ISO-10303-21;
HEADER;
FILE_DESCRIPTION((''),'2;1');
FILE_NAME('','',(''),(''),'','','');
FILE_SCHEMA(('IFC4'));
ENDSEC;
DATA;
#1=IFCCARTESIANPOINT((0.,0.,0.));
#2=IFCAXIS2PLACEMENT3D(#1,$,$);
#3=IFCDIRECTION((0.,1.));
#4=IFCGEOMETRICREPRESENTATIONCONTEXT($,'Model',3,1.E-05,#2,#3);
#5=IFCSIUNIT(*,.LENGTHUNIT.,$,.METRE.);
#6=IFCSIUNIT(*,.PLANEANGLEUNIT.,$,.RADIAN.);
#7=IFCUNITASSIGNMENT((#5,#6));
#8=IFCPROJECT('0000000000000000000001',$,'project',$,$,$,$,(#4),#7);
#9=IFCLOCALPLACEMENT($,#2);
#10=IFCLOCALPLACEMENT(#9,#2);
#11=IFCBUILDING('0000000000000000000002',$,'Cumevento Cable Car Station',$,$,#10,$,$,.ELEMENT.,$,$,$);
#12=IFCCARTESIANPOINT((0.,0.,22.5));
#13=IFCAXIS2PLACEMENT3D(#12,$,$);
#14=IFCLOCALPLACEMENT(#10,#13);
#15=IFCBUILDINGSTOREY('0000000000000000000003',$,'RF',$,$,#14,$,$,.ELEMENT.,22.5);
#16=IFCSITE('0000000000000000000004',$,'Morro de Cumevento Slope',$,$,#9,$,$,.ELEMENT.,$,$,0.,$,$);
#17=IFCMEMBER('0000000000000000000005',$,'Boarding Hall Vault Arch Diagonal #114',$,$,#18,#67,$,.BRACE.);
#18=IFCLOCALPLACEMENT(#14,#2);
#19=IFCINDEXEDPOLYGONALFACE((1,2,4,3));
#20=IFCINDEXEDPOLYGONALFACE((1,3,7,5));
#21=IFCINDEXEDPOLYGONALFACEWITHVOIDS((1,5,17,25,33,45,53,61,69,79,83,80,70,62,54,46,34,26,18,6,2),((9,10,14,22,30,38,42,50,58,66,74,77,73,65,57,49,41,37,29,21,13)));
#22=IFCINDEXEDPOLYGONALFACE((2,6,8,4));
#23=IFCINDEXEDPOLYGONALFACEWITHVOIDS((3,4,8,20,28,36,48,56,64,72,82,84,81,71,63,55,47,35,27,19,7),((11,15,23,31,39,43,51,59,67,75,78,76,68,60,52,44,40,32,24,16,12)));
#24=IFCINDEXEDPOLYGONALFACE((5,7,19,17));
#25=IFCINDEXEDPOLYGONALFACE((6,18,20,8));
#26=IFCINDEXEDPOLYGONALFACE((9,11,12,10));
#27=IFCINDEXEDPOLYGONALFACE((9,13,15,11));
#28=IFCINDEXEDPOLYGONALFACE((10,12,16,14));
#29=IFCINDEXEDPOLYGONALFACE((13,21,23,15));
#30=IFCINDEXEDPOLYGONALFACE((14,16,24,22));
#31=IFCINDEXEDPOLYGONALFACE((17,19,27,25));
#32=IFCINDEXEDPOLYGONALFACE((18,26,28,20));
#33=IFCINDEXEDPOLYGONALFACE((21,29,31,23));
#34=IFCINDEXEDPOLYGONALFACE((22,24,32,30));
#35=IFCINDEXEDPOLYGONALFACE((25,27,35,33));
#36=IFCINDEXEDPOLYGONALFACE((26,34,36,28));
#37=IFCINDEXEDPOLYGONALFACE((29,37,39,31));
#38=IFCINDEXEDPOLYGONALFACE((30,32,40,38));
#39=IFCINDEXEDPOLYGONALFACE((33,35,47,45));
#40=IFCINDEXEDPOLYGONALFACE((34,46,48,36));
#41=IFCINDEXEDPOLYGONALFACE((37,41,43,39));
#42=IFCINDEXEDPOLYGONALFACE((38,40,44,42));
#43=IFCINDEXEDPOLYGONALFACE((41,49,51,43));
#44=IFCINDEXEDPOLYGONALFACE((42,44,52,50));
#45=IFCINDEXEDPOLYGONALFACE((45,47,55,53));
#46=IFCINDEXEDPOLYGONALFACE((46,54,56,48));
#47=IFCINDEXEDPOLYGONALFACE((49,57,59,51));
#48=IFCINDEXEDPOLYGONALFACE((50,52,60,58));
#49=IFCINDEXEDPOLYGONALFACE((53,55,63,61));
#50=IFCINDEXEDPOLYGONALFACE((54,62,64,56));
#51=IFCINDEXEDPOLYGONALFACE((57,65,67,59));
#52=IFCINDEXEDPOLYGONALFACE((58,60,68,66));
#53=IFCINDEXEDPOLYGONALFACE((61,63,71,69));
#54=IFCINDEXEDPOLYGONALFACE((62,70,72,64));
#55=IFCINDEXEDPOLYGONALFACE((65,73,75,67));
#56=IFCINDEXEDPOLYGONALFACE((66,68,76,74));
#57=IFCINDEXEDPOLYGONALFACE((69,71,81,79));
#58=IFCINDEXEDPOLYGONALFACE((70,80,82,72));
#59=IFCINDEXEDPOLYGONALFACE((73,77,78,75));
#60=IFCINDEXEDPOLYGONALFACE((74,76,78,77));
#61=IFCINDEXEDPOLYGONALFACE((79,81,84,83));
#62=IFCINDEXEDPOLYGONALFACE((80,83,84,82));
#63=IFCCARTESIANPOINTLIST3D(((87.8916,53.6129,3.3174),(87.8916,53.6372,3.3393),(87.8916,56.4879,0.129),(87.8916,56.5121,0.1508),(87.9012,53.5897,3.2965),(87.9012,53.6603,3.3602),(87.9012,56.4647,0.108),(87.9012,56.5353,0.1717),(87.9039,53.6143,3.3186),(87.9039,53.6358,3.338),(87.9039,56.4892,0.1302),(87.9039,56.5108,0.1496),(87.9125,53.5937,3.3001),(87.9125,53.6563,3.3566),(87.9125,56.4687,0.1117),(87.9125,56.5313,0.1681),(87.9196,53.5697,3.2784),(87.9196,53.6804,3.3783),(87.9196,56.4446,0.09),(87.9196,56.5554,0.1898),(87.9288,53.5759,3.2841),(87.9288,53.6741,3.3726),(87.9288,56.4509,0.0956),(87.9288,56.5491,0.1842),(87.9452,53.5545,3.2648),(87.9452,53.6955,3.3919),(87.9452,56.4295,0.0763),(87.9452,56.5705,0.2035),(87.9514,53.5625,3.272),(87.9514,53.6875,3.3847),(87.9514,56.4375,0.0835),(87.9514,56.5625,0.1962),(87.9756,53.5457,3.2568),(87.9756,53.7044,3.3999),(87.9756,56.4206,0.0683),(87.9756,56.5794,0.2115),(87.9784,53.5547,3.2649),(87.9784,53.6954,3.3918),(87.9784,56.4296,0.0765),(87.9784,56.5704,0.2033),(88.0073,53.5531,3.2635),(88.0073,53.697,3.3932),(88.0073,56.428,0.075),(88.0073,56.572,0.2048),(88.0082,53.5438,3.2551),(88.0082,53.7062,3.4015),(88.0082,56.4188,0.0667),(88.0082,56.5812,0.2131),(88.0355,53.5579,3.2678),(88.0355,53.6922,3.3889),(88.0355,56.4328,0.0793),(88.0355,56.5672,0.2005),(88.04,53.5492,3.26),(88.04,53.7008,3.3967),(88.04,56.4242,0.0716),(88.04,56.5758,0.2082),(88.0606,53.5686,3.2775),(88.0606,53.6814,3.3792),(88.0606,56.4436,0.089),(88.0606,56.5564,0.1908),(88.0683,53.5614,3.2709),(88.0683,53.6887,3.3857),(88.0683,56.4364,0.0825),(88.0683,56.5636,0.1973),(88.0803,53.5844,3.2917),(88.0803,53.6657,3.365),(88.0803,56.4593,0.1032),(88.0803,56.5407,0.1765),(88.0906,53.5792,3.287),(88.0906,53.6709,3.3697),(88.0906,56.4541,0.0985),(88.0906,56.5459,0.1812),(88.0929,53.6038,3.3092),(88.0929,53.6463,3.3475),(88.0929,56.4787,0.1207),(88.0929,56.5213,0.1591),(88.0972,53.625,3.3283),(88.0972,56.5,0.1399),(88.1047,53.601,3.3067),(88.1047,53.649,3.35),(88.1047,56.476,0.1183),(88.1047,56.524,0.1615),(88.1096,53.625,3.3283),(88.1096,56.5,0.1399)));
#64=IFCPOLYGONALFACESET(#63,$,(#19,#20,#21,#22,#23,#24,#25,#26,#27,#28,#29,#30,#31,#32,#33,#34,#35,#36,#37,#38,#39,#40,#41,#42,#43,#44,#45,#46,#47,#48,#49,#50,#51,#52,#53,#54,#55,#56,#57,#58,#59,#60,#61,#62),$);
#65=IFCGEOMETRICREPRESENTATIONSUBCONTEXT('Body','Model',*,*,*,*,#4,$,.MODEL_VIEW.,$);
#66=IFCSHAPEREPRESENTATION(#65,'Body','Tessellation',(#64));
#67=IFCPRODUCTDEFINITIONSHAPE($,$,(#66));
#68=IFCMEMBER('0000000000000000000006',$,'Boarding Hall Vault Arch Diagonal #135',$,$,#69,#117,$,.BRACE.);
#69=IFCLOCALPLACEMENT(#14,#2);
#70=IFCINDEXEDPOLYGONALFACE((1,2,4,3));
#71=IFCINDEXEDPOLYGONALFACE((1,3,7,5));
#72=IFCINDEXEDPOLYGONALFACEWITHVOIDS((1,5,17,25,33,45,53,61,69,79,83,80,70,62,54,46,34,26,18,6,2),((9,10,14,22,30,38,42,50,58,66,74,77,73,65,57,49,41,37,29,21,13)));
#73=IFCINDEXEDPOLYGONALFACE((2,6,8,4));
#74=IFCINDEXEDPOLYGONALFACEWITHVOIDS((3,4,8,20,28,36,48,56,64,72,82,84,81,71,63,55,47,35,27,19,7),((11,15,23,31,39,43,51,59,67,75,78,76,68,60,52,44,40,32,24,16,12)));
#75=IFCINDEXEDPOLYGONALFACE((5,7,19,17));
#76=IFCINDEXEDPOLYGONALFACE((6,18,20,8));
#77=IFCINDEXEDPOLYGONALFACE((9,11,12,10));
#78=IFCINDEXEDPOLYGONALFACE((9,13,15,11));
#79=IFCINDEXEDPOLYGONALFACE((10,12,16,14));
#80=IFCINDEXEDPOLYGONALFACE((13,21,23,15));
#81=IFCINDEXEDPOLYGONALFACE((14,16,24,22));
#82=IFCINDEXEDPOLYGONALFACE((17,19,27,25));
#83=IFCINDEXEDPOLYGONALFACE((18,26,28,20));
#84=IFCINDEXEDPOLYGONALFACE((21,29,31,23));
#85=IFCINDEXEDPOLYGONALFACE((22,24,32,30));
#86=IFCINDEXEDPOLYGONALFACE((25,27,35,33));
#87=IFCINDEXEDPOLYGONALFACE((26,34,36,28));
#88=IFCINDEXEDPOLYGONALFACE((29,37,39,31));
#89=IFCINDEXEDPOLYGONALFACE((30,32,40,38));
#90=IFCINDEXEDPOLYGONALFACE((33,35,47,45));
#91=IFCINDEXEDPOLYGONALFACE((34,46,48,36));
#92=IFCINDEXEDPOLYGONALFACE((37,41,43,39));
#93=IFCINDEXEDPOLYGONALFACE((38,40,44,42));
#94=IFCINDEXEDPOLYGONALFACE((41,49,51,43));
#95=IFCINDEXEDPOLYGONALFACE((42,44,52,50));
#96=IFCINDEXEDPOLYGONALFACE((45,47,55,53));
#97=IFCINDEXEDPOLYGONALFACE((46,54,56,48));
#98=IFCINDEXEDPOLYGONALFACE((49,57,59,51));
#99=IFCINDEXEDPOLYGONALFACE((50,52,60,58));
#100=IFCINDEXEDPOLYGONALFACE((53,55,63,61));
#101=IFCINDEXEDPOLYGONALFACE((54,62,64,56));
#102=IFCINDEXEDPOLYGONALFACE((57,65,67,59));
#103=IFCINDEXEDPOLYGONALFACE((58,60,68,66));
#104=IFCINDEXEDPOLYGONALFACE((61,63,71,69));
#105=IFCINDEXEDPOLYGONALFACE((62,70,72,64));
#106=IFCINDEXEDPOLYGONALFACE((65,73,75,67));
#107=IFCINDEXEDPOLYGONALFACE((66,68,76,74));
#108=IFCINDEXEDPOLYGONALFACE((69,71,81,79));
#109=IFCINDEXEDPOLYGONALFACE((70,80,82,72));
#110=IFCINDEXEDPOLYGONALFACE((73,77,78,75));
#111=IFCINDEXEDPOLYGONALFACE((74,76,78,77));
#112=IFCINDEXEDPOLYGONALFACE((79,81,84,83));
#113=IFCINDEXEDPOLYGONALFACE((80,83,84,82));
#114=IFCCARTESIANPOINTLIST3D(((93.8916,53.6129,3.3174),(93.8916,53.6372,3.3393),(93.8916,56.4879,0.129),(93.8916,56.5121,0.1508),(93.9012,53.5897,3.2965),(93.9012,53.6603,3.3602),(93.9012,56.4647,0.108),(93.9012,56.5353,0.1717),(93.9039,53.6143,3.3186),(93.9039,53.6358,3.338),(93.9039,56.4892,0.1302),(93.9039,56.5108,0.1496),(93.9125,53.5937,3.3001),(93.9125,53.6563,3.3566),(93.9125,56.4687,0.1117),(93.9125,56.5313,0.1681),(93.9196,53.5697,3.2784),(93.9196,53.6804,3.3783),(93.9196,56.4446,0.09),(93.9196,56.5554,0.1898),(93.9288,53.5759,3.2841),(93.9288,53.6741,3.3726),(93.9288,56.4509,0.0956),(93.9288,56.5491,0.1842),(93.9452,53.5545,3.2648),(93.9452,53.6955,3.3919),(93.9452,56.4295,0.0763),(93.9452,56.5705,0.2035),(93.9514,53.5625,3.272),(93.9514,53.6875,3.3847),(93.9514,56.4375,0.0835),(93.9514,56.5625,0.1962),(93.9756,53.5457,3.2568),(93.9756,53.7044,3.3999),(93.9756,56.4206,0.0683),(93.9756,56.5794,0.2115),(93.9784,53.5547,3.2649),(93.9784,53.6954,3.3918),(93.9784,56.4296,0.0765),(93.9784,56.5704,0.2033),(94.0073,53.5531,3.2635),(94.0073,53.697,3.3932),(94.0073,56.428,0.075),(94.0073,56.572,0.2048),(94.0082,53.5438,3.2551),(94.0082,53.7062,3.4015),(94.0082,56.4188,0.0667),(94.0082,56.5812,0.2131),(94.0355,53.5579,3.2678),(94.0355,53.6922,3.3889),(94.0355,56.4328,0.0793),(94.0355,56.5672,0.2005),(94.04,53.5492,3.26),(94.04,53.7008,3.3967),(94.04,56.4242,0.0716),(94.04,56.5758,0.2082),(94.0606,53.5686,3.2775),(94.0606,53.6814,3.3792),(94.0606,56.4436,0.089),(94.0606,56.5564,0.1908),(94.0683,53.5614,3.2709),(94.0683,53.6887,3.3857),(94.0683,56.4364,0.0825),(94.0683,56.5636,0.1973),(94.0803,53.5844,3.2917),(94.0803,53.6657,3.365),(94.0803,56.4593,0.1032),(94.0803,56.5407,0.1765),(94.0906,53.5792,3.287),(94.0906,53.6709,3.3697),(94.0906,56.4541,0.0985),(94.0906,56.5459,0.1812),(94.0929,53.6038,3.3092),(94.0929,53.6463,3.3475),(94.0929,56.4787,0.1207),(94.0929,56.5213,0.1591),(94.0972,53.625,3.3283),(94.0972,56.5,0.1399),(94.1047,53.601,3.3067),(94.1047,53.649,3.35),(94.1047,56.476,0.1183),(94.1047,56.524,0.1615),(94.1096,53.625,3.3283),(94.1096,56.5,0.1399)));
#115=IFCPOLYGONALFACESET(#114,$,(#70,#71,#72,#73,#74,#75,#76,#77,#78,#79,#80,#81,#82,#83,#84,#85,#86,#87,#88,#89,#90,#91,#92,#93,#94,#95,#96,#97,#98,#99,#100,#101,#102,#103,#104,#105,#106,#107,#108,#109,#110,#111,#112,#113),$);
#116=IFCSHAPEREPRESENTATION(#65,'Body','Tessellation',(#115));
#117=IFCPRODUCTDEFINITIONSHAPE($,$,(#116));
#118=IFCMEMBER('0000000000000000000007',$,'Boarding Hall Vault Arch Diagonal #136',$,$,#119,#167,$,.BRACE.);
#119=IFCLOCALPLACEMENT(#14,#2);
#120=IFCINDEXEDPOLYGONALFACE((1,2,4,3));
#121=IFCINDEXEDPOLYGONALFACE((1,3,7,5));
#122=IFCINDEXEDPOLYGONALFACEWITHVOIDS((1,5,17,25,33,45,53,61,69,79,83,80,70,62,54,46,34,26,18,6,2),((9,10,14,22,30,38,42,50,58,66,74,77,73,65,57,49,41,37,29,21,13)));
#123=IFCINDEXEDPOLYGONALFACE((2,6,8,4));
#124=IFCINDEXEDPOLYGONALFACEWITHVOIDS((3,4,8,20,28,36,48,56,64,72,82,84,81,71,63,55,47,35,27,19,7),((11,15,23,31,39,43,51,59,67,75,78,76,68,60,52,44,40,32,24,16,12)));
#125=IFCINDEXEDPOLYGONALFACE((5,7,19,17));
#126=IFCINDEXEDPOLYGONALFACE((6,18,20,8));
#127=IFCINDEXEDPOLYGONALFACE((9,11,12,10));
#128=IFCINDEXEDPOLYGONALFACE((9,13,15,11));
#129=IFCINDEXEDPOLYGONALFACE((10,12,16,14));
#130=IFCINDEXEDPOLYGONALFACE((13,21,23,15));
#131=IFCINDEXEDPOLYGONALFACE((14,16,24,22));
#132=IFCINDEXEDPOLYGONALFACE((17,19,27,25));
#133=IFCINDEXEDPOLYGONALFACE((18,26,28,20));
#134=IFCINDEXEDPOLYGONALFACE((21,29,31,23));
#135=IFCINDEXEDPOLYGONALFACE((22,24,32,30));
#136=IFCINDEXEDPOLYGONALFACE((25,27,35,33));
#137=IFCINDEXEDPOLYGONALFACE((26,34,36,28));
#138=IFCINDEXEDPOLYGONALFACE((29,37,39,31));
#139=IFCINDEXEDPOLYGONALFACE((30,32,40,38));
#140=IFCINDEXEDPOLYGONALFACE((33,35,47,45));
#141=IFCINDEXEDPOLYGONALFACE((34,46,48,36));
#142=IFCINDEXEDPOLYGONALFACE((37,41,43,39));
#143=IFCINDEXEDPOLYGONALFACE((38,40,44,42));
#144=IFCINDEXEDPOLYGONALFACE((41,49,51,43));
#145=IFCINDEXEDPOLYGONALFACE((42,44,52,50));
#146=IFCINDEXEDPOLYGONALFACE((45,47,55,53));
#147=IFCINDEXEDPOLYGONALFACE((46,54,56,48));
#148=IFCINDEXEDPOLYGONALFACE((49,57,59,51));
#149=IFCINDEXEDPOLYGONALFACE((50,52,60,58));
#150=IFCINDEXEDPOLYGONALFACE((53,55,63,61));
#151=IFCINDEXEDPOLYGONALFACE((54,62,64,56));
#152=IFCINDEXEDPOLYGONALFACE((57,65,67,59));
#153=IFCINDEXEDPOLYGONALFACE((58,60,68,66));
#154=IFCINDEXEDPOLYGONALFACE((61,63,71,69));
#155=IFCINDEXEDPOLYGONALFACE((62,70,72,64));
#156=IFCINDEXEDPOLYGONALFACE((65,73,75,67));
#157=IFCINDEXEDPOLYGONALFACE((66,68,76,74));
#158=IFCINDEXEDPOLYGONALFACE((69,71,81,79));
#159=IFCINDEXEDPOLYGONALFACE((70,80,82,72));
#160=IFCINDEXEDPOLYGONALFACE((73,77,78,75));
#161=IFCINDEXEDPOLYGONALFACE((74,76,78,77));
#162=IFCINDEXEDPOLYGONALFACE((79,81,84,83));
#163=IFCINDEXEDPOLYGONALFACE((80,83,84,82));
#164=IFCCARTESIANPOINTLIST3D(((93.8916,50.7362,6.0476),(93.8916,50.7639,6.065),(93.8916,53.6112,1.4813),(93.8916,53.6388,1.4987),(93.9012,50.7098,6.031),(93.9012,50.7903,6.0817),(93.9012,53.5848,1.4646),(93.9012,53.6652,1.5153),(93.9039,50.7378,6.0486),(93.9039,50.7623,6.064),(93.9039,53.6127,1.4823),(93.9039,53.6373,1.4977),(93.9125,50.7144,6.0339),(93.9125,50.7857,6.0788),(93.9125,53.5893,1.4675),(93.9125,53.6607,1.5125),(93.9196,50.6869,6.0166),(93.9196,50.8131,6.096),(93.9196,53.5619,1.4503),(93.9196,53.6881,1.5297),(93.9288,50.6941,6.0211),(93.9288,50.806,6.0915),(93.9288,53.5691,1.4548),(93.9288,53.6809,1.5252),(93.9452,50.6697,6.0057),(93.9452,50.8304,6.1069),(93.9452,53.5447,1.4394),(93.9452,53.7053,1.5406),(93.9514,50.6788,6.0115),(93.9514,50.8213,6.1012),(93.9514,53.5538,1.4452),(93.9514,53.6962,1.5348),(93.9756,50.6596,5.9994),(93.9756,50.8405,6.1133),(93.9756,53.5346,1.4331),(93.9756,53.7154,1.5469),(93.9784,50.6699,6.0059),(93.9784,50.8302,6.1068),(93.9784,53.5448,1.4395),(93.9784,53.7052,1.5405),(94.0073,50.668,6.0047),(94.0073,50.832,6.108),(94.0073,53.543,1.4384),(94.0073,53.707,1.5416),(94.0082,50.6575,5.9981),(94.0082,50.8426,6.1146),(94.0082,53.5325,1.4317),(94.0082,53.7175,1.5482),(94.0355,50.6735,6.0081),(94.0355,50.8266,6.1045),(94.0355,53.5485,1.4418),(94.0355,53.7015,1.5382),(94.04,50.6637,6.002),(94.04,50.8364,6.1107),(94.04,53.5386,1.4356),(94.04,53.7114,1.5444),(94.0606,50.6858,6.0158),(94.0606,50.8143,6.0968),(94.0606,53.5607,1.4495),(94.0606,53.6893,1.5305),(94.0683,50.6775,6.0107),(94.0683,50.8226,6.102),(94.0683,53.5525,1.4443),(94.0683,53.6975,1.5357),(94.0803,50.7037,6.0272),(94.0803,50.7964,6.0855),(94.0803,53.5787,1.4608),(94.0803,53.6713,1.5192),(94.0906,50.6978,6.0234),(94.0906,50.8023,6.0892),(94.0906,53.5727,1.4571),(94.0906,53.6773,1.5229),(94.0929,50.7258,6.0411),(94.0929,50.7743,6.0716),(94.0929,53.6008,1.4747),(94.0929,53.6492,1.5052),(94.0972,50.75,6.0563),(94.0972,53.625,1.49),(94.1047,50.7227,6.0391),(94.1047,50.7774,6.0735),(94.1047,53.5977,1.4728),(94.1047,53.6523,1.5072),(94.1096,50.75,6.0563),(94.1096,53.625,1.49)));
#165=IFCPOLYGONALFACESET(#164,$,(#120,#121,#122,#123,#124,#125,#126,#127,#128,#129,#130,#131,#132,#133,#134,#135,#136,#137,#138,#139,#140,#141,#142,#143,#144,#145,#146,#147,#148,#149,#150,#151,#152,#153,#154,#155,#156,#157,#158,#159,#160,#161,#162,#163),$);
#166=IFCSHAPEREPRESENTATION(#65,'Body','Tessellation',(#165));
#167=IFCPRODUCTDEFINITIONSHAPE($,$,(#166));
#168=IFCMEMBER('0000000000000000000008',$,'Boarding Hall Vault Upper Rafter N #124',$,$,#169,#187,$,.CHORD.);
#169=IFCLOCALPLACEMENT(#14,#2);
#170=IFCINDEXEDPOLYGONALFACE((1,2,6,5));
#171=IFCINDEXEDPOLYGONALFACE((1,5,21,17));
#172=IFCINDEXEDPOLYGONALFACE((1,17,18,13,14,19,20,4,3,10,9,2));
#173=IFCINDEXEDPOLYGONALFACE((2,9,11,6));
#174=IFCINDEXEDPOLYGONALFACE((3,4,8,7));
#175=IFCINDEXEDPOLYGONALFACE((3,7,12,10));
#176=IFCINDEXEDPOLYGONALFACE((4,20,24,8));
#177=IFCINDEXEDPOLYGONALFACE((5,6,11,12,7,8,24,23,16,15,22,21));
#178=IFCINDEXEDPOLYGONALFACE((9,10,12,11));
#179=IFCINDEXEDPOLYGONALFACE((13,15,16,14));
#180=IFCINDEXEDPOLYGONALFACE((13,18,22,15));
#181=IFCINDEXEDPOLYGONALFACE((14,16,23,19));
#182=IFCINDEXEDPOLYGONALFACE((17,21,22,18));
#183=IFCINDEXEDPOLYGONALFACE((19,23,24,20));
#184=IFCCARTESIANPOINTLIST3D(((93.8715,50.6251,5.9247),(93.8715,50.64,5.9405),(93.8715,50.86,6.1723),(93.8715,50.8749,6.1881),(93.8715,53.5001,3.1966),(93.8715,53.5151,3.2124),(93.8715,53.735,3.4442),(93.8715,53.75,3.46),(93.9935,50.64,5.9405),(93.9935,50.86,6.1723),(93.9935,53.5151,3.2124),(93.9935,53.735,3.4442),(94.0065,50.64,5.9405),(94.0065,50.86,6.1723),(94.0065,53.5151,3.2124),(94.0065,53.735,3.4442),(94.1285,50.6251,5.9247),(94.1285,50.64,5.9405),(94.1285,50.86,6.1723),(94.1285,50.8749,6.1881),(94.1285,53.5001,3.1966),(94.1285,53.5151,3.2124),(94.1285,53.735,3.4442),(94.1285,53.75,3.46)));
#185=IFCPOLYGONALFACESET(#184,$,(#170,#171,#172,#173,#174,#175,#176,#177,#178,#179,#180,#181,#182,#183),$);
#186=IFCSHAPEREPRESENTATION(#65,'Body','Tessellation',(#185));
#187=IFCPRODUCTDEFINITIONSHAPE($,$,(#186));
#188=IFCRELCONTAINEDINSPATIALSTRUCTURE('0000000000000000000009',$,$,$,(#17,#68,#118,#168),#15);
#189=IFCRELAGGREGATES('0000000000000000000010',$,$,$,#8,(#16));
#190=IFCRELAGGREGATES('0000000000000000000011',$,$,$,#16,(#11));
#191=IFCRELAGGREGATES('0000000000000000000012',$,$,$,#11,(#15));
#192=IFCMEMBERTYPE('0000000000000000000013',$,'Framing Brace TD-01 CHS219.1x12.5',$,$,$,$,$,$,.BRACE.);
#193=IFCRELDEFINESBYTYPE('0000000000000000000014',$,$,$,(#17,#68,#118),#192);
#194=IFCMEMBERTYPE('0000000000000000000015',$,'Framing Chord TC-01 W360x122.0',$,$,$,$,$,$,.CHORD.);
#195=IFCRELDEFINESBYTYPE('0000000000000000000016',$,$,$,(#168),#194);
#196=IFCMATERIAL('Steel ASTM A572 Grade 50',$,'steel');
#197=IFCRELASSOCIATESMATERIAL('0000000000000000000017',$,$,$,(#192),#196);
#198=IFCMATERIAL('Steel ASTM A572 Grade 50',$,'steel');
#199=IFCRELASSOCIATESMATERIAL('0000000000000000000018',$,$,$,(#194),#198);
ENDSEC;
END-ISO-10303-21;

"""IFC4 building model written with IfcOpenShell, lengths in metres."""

from ifc_helpers import new_model, si_unit, direction, frame, origin, origin_2d, place, context, subcontext, project, spatial, hollow_circle, i_section, extrude, material, material_profile, profile_set, type_object, element, save


model = new_model("IFC4")

# Units and contexts
model_context = context("Model", 3, precision=1e-05, world=origin(), true_north=direction((0.0, 1.0)))
body_context = subcontext(model_context, "Body", "Model", "MODEL_VIEW")
ifc_project = project(units=[si_unit("LENGTHUNIT", "METRE"), si_unit("PLANEANGLEUNIT", "RADIAN")], contexts=[model_context])

# Site, building, storey
site_placement = place(None, origin())
site = spatial("IfcSite", under=ifc_project, at=site_placement, Name="Morro de Cumevento Slope", CompositionType="ELEMENT", RefElevation=0.0)
building_placement = place(site_placement, origin())
building = spatial("IfcBuilding", under=site, at=building_placement, Name="Cumevento Cable Car Station", CompositionType="ELEMENT")
storey_placement = place(building_placement, frame((0.0, 0.0, 22.5)))
storey = spatial("IfcBuildingStorey", under=building, at=storey_placement, Name="RF", CompositionType="ELEMENT", Elevation=22.5)

# Members
ifc_material_1 = material(Name="Steel ASTM A572 Grade 50", Category="steel")
ifc_material_profile_1 = material_profile(ifc_material_1, hollow_circle(Radius=0.1096, WallThickness=0.0125, at=origin_2d()), Name="CHS219.1x12.5")
ifc_profile_set_1 = profile_set([ifc_material_profile_1], Name="Steel ASTM A572 Grade 50")
member_type_1 = type_object("IfcMemberType", Name="Framing Brace TD-01 CHS219.1x12.5", PredefinedType="BRACE", material=ifc_profile_set_1)
for number, where, z_axis, x_axis, name in (
    (1, (88.0, 56.5, 0.1399), (0.0, -0.669656, 0.742672), (1.0, 0.0, 0.0), "Boarding Hall Vault Arch Diagonal #114"),
    (2, (94.0, 56.5, 0.1399), (0.0, -0.669656, 0.742672), (1.0, 0.0, 0.0), "Boarding Hall Vault Arch Diagonal #135"),
):
    element("IfcMember", number, at=place(storey_placement, frame(where, z_axis=z_axis, x_axis=x_axis)), inside=storey, type_object=member_type_1, Name=name, PredefinedType="BRACE", context=body_context, shape_type="SweptSolid", body=[
        extrude(hollow_circle(Radius=0.1096, WallThickness=0.0125, at=origin_2d()), origin(), (0.0, 0.0, 1.0), 4.2932),
    ])
member_1_placement = place(storey_placement, frame((94.0, 53.625, 1.49), z_axis=(0.0, -0.532794, 0.846245), x_axis=(1.0, 0.0, 0.0)))
element("IfcMember", 3, at=member_1_placement, inside=storey, type_object=member_type_1, Name="Boarding Hall Vault Arch Diagonal #136", PredefinedType="BRACE", context=body_context, shape_type="SweptSolid", body=[
    extrude(hollow_circle(Radius=0.1096, WallThickness=0.0125, at=origin_2d()), origin(), (0.0, 0.0, 1.0), 5.396),
])
ifc_material_2 = material(Name="Steel ASTM A572 Grade 50", Category="steel")
ifc_material_profile_2 = material_profile(ifc_material_2, i_section(OverallWidth=0.2571, OverallDepth=0.363, WebThickness=0.0129, FlangeThickness=0.0217, at=origin_2d()), Name="W360x122.0")
ifc_profile_set_2 = profile_set([ifc_material_profile_2], Name="Steel ASTM A572 Grade 50")
member_type_2 = type_object("IfcMemberType", Name="Framing Chord TC-01 W360x122.0", PredefinedType="CHORD", material=ifc_profile_set_2)
member_2_placement = place(storey_placement, frame((94.0, 50.75, 6.0564), z_axis=(0.0, 0.725405, -0.688322), x_axis=(-1.0, 0.0, 0.0)))
element("IfcMember", 4, at=member_2_placement, inside=storey, type_object=member_type_2, Name="Boarding Hall Vault Upper Rafter N #124", PredefinedType="CHORD", context=body_context, shape_type="SweptSolid", body=[
    extrude(i_section(OverallWidth=0.2571, OverallDepth=0.363, WebThickness=0.0129, FlangeThickness=0.0217, at=origin_2d()), origin(), (0.0, 0.0, 1.0), 3.9634),
])

save(model, "model.ifc")
